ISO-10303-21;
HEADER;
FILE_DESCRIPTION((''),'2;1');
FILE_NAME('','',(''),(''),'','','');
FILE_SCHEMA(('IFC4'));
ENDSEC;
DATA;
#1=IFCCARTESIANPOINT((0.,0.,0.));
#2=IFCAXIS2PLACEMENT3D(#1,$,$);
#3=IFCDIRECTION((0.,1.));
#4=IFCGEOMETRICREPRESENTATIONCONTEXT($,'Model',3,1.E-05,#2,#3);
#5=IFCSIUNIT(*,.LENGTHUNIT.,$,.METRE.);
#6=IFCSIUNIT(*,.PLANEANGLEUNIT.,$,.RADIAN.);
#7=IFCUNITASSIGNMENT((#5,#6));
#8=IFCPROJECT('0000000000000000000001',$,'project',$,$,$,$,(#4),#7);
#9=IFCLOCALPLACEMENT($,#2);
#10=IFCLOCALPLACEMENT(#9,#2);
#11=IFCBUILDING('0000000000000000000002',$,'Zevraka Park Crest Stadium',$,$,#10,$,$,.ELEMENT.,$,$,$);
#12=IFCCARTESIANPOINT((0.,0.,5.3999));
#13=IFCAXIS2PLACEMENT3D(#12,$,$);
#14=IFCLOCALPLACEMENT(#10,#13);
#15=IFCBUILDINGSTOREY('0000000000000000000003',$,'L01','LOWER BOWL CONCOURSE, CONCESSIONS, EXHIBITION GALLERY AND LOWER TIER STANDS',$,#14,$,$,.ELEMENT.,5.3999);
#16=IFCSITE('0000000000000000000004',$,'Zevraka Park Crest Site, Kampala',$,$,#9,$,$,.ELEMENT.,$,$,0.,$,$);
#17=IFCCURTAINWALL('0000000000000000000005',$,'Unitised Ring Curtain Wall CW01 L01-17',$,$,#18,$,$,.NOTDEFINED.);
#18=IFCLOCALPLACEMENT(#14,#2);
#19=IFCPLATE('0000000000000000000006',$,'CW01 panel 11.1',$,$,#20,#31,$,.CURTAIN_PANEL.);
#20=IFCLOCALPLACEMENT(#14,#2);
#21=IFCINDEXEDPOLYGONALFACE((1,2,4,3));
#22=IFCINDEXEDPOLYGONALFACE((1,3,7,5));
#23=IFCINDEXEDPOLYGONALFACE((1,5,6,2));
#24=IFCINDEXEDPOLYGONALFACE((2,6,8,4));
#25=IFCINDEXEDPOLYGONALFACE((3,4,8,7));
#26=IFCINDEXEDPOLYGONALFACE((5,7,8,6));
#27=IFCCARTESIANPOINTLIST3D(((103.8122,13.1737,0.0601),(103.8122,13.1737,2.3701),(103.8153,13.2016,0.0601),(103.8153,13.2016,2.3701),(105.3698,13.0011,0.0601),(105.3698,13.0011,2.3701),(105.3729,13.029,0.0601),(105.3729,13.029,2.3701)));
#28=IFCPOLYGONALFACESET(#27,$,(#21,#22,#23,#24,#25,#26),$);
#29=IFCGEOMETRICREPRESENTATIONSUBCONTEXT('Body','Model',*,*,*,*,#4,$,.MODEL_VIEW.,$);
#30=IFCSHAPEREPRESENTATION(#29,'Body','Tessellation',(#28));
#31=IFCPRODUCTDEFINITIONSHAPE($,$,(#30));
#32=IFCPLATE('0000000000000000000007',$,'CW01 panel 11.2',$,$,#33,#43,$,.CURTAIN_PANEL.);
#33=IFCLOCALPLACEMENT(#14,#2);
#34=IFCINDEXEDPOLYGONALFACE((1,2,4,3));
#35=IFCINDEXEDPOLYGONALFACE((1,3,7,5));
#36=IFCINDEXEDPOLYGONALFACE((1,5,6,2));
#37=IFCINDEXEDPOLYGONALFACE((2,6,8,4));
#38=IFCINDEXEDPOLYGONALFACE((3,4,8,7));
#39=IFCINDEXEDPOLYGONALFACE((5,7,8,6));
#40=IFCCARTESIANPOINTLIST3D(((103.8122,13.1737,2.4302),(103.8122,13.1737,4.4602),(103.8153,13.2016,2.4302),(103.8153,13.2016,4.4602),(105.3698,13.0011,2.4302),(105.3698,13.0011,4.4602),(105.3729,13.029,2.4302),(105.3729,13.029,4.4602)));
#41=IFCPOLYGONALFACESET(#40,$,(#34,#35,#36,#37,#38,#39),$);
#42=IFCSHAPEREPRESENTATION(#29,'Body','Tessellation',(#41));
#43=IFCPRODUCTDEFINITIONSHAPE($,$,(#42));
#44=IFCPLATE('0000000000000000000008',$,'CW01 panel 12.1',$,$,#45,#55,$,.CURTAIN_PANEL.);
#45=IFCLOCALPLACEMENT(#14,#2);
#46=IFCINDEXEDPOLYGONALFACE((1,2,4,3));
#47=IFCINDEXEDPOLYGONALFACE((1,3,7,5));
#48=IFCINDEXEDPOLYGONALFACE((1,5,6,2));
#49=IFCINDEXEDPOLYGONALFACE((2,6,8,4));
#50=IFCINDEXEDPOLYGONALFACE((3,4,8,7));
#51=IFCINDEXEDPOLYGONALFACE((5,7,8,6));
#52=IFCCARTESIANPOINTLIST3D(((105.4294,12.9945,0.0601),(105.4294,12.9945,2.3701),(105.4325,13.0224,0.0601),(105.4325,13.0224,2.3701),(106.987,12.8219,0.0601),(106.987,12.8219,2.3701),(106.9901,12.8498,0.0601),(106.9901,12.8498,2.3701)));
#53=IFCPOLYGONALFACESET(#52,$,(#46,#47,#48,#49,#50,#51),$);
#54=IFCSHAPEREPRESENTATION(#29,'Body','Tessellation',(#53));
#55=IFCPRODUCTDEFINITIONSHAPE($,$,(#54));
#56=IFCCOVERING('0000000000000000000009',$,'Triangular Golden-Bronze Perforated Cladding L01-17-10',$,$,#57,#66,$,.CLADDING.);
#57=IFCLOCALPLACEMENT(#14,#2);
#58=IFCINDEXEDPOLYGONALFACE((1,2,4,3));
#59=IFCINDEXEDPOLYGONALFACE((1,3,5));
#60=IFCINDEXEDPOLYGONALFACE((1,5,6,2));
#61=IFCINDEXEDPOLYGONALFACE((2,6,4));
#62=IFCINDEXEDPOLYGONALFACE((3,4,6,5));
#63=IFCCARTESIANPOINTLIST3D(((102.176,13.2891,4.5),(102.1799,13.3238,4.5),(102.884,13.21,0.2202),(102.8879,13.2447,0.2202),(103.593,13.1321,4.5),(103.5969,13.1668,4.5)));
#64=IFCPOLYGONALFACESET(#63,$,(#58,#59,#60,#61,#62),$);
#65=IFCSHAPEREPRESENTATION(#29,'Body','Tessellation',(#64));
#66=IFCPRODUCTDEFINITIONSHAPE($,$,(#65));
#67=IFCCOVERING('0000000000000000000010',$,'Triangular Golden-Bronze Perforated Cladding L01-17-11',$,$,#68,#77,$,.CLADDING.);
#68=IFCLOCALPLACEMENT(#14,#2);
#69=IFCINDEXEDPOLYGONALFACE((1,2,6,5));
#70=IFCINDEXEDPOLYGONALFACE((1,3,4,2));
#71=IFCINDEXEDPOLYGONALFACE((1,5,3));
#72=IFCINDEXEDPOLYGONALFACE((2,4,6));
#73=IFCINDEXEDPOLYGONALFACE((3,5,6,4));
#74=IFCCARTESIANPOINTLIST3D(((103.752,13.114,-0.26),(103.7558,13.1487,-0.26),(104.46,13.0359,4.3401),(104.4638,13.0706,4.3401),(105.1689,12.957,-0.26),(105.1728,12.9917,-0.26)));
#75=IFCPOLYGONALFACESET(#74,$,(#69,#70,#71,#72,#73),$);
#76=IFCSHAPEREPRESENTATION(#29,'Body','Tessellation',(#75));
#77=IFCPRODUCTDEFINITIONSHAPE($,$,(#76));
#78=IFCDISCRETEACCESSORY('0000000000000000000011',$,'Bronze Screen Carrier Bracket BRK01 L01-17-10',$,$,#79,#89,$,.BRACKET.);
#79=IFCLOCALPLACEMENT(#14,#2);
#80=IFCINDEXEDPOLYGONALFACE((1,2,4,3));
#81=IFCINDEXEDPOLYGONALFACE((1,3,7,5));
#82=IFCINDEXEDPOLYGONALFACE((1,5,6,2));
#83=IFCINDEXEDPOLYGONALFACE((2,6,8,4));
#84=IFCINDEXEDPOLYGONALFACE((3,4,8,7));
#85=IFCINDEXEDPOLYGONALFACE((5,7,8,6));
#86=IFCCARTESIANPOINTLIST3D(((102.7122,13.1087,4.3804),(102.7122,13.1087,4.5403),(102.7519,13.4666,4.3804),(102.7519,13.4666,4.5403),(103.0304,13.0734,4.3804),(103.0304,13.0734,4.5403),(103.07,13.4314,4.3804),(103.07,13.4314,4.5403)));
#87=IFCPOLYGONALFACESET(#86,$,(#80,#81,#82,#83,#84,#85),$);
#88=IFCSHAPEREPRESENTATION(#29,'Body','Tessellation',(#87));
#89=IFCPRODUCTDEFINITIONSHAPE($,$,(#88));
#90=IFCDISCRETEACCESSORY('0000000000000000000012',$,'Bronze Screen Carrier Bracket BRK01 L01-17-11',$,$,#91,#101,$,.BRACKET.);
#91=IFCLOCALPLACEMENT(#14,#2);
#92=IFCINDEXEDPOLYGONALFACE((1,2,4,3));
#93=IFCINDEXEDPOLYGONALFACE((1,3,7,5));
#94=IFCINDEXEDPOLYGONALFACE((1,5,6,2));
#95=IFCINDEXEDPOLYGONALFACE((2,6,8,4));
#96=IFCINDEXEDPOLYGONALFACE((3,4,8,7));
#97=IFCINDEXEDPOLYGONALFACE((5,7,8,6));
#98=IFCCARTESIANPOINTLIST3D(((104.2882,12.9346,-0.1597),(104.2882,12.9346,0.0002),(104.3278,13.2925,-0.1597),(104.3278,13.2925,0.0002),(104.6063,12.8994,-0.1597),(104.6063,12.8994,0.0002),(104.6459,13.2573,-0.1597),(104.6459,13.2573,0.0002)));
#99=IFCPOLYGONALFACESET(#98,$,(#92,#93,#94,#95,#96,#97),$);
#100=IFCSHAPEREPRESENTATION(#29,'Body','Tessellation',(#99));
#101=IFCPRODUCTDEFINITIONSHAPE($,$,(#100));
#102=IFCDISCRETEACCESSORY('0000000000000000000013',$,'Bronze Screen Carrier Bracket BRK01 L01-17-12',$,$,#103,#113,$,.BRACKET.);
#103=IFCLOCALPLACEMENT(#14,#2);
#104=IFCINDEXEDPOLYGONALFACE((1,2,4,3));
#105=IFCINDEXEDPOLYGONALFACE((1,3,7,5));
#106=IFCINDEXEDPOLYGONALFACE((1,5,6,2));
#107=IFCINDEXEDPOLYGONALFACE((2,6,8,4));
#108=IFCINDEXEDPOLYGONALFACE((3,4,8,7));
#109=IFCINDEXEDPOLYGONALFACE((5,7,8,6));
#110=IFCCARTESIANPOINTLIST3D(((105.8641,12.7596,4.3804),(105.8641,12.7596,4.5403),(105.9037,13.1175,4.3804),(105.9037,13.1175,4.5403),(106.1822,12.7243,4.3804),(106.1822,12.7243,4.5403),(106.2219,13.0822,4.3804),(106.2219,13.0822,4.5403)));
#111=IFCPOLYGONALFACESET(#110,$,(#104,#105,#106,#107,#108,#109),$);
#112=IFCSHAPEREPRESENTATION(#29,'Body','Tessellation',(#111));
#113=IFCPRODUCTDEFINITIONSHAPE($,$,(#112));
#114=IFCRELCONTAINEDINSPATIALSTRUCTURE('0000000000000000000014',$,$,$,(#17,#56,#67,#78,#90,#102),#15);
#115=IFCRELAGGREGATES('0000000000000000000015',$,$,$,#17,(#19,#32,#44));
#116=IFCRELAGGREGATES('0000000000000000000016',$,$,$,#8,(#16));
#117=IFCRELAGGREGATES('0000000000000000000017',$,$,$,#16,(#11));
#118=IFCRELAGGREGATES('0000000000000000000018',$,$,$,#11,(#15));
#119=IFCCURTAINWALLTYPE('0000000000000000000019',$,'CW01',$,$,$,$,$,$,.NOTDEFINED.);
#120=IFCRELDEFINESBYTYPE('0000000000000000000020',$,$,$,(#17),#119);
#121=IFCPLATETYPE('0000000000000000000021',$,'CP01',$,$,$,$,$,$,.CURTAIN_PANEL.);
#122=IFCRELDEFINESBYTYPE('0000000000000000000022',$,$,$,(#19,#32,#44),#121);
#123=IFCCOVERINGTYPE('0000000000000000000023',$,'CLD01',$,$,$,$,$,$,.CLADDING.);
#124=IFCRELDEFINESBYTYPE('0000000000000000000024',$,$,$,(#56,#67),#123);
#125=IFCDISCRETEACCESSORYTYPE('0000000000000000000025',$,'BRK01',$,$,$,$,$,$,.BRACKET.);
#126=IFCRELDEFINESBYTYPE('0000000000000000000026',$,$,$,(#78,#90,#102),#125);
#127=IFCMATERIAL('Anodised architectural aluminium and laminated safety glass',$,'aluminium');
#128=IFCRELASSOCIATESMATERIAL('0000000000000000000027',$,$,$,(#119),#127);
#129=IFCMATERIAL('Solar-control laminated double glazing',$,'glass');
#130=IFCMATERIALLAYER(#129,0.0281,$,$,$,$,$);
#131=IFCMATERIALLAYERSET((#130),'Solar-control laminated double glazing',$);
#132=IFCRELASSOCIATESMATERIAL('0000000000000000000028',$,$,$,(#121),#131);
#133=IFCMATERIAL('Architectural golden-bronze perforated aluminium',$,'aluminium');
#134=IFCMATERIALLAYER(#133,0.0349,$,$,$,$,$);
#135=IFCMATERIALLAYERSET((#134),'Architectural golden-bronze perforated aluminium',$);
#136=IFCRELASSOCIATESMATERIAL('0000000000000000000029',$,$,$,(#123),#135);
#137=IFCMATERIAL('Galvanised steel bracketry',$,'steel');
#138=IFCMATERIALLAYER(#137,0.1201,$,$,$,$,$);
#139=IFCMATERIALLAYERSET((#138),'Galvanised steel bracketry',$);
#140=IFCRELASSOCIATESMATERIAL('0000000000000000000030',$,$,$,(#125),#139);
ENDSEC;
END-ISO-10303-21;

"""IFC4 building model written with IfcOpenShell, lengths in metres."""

from ifc_helpers import new_model, si_unit, direction, frame, origin, origin_2d, place, context, subcontext, project, spatial, polyline, rectangle, outline, extrude, material, layer, layer_set, type_object, element, aggregate, save


model = new_model("IFC4")

# Units and contexts
model_context = context("Model", 3, precision=1e-05, world=origin(), true_north=direction((0.0, 1.0)))
body_context = subcontext(model_context, "Body", "Model", "MODEL_VIEW")
ifc_project = project(units=[si_unit("LENGTHUNIT", "METRE"), si_unit("PLANEANGLEUNIT", "RADIAN")], contexts=[model_context])

# Site, building, storey
site_placement = place(None, origin())
site = spatial("IfcSite", under=ifc_project, at=site_placement, Name="Zevraka Park Crest Site, Kampala", CompositionType="ELEMENT", RefElevation=0.0)
building_placement = place(site_placement, origin())
building = spatial("IfcBuilding", under=site, at=building_placement, Name="Zevraka Park Crest Stadium", CompositionType="ELEMENT")
storey_placement = place(building_placement, frame((0.0, 0.0, 5.3999)))
storey = spatial("IfcBuildingStorey", under=building, at=storey_placement, Name="L01", Description="LOWER BOWL CONCOURSE, CONCESSIONS, EXHIBITION GALLERY AND LOWER TIER STANDS", CompositionType="ELEMENT", Elevation=5.3999)

# Curtain wall
ifc_material_1 = material(Name="Anodised architectural aluminium and laminated safety glass", Category="aluminium")
curtain_wall_type = type_object("IfcCurtainWallType", Name="CW01", PredefinedType="NOTDEFINED", material=ifc_material_1)
curtain_wall_placement = place(storey_placement, origin())
curtain_wall = element("IfcCurtainWall", 1, at=curtain_wall_placement, inside=storey, type_object=curtain_wall_type, Name="Unitised Ring Curtain Wall CW01 L01-17", PredefinedType="NOTDEFINED")

# Plates
ifc_material_2 = material(Name="Solar-control laminated double glazing", Category="glass")
ifc_layer_1 = layer(ifc_material_2, 0.0281)
ifc_layer_set_1 = layer_set([ifc_layer_1], Name="Solar-control laminated double glazing")
plate_type = type_object("IfcPlateType", Name="CP01", PredefinedType="CURTAIN_PANEL", material=ifc_layer_set_1)
plate_1_placement = place(storey_placement, frame((104.5925, 13.1013, 0.0601), z_axis=(0.0, 0.0, 1.0), x_axis=(0.993917, -0.110135, 0.0)))
plate_1 = element("IfcPlate", 2, at=plate_1_placement, type_object=plate_type, Name="CW01 panel 11.1", PredefinedType="CURTAIN_PANEL", context=body_context, shape_type="SweptSolid", body=[
    extrude(rectangle(XDim=1.5671, YDim=0.0281, at=origin_2d()), origin(), (0.0, 0.0, 1.0), 2.3101),
])
plate_2_placement = place(storey_placement, frame((104.5925, 13.1013, 2.4302), z_axis=(0.0, 0.0, 1.0), x_axis=(0.993917, -0.110135, 0.0)))
plate_2 = element("IfcPlate", 3, at=plate_2_placement, type_object=plate_type, Name="CW01 panel 11.2", PredefinedType="CURTAIN_PANEL", context=body_context, shape_type="SweptSolid", body=[
    extrude(rectangle(XDim=1.5671, YDim=0.0281, at=origin_2d()), origin(), (0.0, 0.0, 1.0), 2.03),
])
plate_3_placement = place(storey_placement, frame((106.2097, 12.9221, 0.0601), z_axis=(0.0, 0.0, 1.0), x_axis=(0.993917, -0.110135, 0.0)))
plate_3 = element("IfcPlate", 4, at=plate_3_placement, type_object=plate_type, Name="CW01 panel 12.1", PredefinedType="CURTAIN_PANEL", context=body_context, shape_type="SweptSolid", body=[
    extrude(rectangle(XDim=1.5671, YDim=0.0281, at=origin_2d()), origin(), (0.0, 0.0, 1.0), 2.3101),
])
aggregate(curtain_wall, [plate_1, plate_2, plate_3])

# Coverings
ifc_material_3 = material(Name="Architectural golden-bronze perforated aluminium", Category="aluminium")
ifc_layer_2 = layer(ifc_material_3, 0.0349)
ifc_layer_set_2 = layer_set([ifc_layer_2], Name="Architectural golden-bronze perforated aluminium")
covering_type = type_object("IfcCoveringType", Name="CLD01", PredefinedType="CLADDING", material=ifc_layer_set_2)
covering_1_placement = place(storey_placement, frame((103.593, 13.1321, 4.5), z_axis=(-0.110112, -0.993919, 0.000154), x_axis=(-0.993919, 0.110112, 0.0)))
element("IfcCovering", 5, at=covering_1_placement, inside=storey, type_object=covering_type, Name="Triangular Golden-Bronze Perforated Cladding L01-17-10", PredefinedType="CLADDING", context=body_context, shape_type="SweptSolid", body=[
    extrude(outline(polyline([(0.0, 0.0), (1.4257, 0.0), (0.7132, 4.2798), (0.0, 0.0)])), origin(), (0.0, 0.0, -1.0), 0.0349),
])
covering_2_placement = place(storey_placement, frame((103.752, 13.114, -0.26), z_axis=(-0.110112, -0.993919, 0.000067), x_axis=(0.993919, -0.110112, 0.0)))
element("IfcCovering", 6, at=covering_2_placement, inside=storey, type_object=covering_type, Name="Triangular Golden-Bronze Perforated Cladding L01-17-11", PredefinedType="CLADDING", context=body_context, shape_type="SweptSolid", body=[
    extrude(outline(polyline([(0.0, 0.0), (1.4257, 0.0), (0.7123, 4.6001), (0.0, 0.0)])), origin(), (0.0, 0.0, -1.0), 0.0349),
])

# Discrete accessories
ifc_material_4 = material(Name="Galvanised steel bracketry", Category="steel")
ifc_layer_3 = layer(ifc_material_4, 0.1201)
ifc_layer_set_3 = layer_set([ifc_layer_3], Name="Galvanised steel bracketry")
discrete_accessory_type = type_object("IfcDiscreteAccessoryType", Name="BRK01", PredefinedType="BRACKET", material=ifc_layer_set_3)
for number, where, z_axis, x_axis, name in (
    (7, (102.8911, 13.27, 4.3804), (0.0, 0.0, 1.0), (0.993923, -0.110081, 0.0), "Bronze Screen Carrier Bracket BRK01 L01-17-10"),
    (8, (104.467, 13.0959, -0.1597), (0.0, 0.0, 1.0), (0.993923, -0.110081, 0.0), "Bronze Screen Carrier Bracket BRK01 L01-17-11"),
    (9, (106.043, 12.9209, 4.3804), (0.0, 0.0, 1.0), (0.993923, -0.110081, 0.0), "Bronze Screen Carrier Bracket BRK01 L01-17-12"),
):
    element("IfcDiscreteAccessory", number, at=place(storey_placement, frame(where, z_axis=z_axis, x_axis=x_axis)), inside=storey, type_object=discrete_accessory_type, Name=name, PredefinedType="BRACKET", context=body_context, shape_type="SweptSolid", body=[
        extrude(rectangle(XDim=0.3201, YDim=0.3601, at=origin_2d()), origin(), (0.0, 0.0, 1.0), 0.1599),
    ])

save(model, "model.ifc")
